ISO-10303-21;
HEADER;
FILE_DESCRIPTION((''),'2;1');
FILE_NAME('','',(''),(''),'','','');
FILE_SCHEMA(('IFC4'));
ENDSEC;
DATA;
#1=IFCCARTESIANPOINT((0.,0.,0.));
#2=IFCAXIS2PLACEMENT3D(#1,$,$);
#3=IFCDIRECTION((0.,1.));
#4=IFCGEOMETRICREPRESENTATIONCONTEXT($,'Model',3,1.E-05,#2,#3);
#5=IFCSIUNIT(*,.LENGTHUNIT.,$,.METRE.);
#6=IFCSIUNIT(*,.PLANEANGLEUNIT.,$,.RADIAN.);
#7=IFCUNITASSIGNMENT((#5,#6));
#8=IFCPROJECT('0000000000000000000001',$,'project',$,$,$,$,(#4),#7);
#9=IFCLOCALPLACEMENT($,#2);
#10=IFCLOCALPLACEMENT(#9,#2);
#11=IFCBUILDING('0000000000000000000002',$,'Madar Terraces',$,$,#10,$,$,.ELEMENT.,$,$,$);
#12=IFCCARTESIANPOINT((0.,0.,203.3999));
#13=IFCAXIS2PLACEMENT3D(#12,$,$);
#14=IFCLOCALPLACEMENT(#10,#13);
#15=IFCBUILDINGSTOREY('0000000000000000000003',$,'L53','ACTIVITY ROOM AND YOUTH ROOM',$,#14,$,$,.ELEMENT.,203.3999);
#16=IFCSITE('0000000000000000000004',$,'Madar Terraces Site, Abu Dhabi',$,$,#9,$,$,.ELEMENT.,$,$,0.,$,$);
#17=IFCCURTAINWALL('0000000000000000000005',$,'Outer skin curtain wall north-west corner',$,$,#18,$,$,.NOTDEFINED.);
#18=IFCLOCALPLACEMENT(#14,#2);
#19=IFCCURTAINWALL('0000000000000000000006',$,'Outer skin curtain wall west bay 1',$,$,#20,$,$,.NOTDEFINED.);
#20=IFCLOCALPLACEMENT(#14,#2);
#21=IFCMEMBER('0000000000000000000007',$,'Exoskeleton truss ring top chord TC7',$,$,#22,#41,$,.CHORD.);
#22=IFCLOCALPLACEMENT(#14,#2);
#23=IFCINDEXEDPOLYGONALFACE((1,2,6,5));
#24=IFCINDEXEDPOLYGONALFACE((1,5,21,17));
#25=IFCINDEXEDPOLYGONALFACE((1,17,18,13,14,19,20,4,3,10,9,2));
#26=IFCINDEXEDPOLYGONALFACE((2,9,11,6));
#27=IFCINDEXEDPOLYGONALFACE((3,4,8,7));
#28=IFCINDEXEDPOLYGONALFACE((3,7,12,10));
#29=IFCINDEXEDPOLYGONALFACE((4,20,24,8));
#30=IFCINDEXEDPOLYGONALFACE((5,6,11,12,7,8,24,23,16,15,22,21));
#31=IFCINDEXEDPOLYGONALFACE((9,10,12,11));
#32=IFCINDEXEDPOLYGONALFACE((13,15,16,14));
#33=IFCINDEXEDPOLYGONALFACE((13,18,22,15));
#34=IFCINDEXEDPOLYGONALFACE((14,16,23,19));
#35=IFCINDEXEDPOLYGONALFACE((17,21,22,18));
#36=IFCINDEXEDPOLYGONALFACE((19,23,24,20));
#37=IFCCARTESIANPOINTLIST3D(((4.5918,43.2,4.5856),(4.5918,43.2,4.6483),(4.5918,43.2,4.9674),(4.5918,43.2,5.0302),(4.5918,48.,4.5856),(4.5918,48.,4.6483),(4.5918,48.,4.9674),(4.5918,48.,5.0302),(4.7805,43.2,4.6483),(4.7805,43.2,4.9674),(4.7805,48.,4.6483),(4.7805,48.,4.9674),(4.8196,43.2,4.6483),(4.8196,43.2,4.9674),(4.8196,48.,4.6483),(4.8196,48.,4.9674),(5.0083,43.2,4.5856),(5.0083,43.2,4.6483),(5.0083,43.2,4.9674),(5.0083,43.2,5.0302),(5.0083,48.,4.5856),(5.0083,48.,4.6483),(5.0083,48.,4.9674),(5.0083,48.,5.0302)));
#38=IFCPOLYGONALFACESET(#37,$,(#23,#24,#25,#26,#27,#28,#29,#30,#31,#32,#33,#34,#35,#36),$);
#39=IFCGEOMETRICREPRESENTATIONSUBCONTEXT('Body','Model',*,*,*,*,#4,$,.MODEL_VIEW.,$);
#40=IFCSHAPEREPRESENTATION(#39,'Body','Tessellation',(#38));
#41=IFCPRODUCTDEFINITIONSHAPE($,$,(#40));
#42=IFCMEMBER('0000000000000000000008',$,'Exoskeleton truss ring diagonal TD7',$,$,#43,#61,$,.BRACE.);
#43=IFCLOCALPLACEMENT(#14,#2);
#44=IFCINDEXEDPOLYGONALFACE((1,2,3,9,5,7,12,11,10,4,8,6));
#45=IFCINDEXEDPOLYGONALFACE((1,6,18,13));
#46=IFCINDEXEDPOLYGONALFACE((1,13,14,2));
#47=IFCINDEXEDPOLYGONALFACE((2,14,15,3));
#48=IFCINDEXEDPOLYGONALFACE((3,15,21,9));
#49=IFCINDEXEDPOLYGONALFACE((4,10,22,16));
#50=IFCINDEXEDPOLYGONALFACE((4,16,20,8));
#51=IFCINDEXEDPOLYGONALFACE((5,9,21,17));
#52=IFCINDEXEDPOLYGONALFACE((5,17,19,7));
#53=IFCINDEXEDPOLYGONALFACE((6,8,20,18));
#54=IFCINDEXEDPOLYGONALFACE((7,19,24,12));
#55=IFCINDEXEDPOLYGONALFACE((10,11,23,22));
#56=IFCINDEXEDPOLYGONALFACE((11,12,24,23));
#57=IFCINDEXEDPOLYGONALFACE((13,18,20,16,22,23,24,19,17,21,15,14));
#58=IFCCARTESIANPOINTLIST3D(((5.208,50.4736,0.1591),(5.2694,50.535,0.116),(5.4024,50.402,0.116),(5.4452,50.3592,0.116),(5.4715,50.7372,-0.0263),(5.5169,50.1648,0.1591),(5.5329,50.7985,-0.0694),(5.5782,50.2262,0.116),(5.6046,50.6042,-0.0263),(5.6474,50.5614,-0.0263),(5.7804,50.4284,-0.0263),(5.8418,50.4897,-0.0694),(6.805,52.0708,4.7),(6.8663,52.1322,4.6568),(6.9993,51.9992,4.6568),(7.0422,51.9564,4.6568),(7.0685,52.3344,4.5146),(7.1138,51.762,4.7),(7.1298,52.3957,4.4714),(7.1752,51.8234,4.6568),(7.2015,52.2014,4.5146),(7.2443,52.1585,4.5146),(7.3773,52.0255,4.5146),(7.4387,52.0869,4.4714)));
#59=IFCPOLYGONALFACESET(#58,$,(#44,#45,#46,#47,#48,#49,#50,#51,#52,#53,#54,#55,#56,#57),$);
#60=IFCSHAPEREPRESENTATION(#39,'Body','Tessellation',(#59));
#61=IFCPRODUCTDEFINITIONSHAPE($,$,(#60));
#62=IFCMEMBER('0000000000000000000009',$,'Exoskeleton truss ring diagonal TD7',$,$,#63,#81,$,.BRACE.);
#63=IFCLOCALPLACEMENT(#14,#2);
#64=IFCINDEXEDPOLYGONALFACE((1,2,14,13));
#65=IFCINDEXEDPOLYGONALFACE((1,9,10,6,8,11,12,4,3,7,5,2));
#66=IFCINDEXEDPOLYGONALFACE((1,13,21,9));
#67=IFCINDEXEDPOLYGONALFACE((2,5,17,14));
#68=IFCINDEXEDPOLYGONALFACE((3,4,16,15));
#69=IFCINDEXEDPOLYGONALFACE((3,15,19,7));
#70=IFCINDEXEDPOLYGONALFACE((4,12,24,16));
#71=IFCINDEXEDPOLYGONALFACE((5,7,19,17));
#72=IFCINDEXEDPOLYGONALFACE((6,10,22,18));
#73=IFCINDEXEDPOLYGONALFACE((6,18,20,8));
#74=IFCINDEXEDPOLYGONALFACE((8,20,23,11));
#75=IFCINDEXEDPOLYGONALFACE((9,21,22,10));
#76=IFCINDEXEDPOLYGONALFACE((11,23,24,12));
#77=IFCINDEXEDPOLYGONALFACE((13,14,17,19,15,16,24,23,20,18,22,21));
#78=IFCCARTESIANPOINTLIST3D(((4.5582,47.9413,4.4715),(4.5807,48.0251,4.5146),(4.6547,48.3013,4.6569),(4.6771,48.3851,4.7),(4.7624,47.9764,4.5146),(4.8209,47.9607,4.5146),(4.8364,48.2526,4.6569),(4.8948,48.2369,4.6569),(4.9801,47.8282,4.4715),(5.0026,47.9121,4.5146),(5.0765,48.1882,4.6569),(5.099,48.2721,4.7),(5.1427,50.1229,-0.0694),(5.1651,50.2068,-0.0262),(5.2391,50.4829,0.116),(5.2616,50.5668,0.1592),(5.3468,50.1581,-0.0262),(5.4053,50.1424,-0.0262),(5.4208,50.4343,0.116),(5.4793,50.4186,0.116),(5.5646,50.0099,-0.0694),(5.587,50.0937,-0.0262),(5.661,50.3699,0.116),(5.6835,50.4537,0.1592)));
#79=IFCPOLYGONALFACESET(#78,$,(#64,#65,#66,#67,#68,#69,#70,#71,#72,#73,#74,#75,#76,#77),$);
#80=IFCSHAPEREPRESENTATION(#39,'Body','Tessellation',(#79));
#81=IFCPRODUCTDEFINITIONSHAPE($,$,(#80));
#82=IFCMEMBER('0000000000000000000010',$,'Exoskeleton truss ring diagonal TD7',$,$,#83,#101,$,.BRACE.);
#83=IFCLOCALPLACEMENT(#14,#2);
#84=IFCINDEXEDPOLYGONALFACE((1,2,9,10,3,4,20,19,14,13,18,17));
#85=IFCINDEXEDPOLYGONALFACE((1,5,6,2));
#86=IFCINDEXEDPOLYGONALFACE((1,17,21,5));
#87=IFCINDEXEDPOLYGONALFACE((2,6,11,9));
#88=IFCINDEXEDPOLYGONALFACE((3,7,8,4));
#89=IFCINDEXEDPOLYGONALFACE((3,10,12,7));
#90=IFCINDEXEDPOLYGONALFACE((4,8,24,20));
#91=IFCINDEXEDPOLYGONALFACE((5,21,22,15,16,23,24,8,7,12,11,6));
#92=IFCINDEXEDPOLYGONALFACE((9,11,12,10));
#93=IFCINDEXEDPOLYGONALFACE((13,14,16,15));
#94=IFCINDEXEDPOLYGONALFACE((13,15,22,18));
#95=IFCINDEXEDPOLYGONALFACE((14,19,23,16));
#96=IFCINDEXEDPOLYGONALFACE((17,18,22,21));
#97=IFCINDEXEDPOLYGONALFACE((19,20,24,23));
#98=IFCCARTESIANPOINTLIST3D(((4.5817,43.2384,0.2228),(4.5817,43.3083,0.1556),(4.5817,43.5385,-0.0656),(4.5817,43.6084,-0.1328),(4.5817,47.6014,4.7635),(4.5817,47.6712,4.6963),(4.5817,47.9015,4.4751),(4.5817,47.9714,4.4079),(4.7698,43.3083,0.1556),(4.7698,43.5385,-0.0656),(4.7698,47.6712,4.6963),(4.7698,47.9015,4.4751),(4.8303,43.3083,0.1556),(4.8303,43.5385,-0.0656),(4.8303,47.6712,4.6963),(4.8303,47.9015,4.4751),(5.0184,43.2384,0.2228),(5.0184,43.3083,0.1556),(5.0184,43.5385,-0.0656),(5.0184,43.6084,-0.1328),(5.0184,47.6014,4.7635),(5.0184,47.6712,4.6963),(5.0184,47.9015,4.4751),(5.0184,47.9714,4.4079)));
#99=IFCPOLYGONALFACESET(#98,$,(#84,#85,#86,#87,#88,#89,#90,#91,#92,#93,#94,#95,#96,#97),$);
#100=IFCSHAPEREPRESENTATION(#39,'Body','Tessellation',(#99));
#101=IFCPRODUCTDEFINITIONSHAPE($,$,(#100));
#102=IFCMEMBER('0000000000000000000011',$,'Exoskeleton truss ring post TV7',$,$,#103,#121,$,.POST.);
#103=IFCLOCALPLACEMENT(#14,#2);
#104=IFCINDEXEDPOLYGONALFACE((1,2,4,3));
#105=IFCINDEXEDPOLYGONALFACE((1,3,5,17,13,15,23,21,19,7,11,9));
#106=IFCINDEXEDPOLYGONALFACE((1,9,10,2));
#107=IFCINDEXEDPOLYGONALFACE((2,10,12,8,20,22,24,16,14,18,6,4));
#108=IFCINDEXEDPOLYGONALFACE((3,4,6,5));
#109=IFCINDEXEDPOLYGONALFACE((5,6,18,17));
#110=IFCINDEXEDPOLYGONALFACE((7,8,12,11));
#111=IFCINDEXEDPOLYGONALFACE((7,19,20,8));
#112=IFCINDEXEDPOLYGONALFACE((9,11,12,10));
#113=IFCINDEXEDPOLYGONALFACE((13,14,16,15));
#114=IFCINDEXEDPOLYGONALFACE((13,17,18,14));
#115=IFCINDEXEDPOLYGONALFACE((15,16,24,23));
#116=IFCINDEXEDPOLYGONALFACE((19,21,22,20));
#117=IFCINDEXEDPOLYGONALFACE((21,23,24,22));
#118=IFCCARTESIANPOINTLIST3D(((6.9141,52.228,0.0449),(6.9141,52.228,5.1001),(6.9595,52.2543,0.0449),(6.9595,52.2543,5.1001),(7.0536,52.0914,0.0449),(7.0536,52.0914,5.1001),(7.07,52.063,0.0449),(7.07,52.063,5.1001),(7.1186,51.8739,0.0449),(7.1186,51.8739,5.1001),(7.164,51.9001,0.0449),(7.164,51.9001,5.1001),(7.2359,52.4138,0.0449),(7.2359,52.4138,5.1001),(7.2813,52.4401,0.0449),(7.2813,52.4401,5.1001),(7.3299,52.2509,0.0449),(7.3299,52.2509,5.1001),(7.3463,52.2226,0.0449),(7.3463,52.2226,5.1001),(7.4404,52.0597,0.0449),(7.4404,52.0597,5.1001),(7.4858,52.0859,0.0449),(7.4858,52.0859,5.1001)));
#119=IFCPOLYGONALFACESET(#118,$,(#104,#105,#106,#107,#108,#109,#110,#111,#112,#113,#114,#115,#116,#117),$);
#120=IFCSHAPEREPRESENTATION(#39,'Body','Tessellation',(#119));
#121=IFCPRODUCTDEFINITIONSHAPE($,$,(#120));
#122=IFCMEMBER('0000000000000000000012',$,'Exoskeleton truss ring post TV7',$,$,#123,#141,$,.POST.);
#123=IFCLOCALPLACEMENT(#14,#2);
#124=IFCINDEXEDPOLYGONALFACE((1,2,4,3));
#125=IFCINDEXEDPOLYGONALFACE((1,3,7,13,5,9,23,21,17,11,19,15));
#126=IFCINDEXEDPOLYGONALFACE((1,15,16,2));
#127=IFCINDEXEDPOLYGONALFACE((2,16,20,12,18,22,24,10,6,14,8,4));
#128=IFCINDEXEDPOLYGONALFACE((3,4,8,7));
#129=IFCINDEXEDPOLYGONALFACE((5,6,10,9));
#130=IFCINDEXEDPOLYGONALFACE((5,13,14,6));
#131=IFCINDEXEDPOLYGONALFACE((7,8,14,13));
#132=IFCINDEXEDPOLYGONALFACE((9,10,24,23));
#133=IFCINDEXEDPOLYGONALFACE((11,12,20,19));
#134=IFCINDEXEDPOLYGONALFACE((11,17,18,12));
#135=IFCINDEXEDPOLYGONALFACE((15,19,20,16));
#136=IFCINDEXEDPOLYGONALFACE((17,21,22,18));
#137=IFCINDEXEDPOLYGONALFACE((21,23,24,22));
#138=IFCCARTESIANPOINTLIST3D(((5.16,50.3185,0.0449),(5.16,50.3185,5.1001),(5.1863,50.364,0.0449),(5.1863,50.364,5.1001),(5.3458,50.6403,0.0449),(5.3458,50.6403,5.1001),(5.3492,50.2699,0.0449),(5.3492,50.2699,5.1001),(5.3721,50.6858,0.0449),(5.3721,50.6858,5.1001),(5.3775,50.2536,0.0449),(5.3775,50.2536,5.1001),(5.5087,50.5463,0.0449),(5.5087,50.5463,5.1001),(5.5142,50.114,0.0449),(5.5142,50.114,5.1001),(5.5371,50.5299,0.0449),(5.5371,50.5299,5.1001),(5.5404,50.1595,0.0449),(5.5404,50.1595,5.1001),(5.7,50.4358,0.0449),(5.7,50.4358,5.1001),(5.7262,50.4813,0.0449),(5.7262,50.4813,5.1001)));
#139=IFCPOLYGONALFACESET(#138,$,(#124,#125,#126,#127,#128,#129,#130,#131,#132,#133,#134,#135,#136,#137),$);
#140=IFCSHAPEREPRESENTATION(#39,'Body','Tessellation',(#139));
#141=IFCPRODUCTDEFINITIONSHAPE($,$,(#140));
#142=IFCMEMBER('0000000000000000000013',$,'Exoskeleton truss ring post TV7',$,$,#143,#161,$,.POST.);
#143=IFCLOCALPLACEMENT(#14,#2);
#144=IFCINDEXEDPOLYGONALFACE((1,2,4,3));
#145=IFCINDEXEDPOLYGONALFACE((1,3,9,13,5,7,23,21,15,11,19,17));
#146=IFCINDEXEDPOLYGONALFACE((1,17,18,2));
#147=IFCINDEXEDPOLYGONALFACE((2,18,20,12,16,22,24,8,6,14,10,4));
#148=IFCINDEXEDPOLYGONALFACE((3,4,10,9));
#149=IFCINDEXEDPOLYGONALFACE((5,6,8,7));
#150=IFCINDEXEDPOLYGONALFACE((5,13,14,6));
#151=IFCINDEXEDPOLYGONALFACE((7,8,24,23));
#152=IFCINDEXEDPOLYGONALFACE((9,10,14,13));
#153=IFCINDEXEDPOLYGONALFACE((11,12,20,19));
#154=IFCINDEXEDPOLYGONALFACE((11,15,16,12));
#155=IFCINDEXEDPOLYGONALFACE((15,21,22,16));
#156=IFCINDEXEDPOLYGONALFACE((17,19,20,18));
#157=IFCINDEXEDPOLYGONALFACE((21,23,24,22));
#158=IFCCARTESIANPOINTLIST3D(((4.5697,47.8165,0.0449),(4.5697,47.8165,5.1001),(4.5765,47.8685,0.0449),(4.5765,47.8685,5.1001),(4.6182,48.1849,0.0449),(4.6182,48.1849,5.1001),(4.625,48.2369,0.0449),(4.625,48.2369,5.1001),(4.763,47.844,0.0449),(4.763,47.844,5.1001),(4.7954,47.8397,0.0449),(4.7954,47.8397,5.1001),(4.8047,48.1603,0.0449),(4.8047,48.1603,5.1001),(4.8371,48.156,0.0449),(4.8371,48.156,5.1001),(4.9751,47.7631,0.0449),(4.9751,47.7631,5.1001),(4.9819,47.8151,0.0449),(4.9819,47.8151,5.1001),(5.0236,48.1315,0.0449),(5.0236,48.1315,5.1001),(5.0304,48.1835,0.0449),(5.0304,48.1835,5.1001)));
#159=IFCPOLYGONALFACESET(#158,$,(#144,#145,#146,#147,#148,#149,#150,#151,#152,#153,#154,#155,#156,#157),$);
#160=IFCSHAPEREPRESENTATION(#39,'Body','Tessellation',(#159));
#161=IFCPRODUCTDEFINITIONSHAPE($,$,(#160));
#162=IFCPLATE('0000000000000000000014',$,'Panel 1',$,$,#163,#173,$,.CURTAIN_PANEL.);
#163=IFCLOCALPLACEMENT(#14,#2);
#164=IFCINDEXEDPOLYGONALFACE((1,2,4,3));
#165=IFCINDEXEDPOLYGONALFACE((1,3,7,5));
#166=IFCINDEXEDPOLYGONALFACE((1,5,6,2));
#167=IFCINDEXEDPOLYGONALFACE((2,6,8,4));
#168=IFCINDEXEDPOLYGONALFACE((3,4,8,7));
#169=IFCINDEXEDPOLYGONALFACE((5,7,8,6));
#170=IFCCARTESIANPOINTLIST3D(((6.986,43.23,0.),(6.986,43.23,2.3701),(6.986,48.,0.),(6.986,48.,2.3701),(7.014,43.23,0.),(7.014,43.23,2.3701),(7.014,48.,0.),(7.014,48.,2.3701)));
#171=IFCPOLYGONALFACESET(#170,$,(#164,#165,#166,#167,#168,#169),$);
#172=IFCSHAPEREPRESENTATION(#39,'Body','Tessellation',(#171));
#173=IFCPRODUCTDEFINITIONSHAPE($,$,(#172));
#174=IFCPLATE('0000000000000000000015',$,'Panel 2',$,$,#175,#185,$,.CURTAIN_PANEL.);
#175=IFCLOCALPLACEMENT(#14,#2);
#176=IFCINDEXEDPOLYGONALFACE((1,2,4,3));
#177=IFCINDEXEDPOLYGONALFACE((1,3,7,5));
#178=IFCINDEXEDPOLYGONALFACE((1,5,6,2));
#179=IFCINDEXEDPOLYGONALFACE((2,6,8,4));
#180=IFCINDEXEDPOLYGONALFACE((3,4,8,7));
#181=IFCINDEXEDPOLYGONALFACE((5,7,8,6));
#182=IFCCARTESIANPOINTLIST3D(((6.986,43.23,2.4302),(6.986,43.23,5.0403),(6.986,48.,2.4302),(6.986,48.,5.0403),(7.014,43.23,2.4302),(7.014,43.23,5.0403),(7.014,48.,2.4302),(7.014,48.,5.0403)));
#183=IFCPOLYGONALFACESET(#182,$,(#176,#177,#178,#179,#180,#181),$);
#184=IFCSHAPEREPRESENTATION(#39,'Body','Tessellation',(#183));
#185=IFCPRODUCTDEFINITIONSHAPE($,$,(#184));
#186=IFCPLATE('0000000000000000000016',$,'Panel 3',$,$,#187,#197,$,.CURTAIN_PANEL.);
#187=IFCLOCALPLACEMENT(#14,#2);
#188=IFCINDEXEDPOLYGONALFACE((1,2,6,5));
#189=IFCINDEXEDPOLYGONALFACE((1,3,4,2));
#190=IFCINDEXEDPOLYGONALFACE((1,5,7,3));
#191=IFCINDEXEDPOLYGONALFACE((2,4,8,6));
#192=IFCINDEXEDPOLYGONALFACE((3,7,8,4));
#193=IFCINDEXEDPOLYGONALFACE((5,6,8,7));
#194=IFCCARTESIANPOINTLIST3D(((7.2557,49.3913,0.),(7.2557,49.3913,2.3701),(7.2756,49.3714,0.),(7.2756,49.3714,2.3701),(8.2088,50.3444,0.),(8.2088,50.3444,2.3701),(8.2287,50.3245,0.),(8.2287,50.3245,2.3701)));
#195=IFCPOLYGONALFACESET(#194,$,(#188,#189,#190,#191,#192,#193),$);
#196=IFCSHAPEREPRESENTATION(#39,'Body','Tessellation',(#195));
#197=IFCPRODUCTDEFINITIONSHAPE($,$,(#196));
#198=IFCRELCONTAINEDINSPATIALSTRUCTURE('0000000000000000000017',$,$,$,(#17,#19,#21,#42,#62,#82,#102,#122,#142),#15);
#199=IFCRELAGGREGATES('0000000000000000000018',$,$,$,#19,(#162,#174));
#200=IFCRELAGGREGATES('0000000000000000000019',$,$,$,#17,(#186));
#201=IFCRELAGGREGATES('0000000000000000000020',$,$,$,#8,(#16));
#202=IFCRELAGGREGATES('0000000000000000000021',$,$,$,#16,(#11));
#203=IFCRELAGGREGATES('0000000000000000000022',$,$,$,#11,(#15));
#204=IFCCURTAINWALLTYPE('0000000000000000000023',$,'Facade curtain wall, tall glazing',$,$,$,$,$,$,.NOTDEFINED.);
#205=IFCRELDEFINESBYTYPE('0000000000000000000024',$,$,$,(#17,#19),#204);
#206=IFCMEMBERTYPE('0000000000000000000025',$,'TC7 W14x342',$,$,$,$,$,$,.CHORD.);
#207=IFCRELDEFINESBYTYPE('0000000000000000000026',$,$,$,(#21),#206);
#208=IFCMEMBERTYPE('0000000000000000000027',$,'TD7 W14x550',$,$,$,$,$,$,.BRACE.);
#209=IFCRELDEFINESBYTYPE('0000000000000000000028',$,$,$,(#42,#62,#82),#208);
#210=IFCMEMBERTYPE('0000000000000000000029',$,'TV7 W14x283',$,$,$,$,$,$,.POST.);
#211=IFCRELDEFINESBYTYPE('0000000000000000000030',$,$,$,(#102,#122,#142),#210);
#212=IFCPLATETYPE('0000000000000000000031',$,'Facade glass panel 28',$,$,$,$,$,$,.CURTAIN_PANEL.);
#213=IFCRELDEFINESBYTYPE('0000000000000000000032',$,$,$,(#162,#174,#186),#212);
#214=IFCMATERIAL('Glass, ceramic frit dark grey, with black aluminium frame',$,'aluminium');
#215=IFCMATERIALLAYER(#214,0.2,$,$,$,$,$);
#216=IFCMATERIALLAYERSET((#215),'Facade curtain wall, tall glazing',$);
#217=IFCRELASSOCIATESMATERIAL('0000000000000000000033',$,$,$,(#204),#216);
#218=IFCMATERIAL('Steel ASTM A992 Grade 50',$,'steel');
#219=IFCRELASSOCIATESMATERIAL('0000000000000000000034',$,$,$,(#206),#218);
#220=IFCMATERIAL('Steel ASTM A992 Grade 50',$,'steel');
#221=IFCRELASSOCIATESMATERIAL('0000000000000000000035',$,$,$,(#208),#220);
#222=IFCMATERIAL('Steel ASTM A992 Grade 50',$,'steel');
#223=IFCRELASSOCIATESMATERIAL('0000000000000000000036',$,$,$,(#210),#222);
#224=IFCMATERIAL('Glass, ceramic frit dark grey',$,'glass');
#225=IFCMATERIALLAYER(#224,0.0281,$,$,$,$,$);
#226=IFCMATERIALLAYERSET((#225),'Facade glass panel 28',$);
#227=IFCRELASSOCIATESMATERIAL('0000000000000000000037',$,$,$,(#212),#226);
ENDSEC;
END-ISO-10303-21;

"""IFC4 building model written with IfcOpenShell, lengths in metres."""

from ifc_helpers import new_model, si_unit, direction, frame, origin, origin_2d, place, context, subcontext, project, spatial, rectangle, i_section, extrude, material, layer, layer_set, material_profile, profile_set, type_object, element, aggregate, save


model = new_model("IFC4")

# Units and contexts
model_context = context("Model", 3, precision=1e-05, world=origin(), true_north=direction((0.0, 1.0)))
body_context = subcontext(model_context, "Body", "Model", "MODEL_VIEW")
ifc_project = project(units=[si_unit("LENGTHUNIT", "METRE"), si_unit("PLANEANGLEUNIT", "RADIAN")], contexts=[model_context])

# Site, building, storey
site_placement = place(None, origin())
site = spatial("IfcSite", under=ifc_project, at=site_placement, Name="Madar Terraces Site, Abu Dhabi", CompositionType="ELEMENT", RefElevation=0.0)
building_placement = place(site_placement, origin())
building = spatial("IfcBuilding", under=site, at=building_placement, Name="Madar Terraces", CompositionType="ELEMENT")
storey_placement = place(building_placement, frame((0.0, 0.0, 203.3999)))
storey = spatial("IfcBuildingStorey", under=building, at=storey_placement, Name="L53", Description="ACTIVITY ROOM AND YOUTH ROOM", CompositionType="ELEMENT", Elevation=203.3999)

# Curtain wall
ifc_material_1 = material(Name="Glass, ceramic frit dark grey, with black aluminium frame", Category="aluminium")
ifc_layer_1 = layer(ifc_material_1, 0.2)
ifc_layer_set_1 = layer_set([ifc_layer_1], Name="Facade curtain wall, tall glazing")
curtain_wall_type = type_object("IfcCurtainWallType", Name="Facade curtain wall, tall glazing", PredefinedType="NOTDEFINED", material=ifc_layer_set_1)
curtain_wall_1_placement = place(storey_placement, origin())
curtain_wall_1 = element("IfcCurtainWall", 1, at=curtain_wall_1_placement, inside=storey, type_object=curtain_wall_type, Name="Outer skin curtain wall north-west corner", PredefinedType="NOTDEFINED")

# Curtain wall
curtain_wall_2_placement = place(storey_placement, origin())
curtain_wall_2 = element("IfcCurtainWall", 2, at=curtain_wall_2_placement, inside=storey, type_object=curtain_wall_type, Name="Outer skin curtain wall west bay 1", PredefinedType="NOTDEFINED")

# Members
ifc_material_2 = material(Name="Steel ASTM A992 Grade 50", Category="steel")
ifc_material_profile_1 = material_profile(ifc_material_2, i_section(OverallWidth=0.4165, OverallDepth=0.4446, WebThickness=0.0391, FlangeThickness=0.0627, at=origin_2d()), Name="W14x342")
ifc_profile_set_1 = profile_set([ifc_material_profile_1], Name="Steel ASTM A992 Grade 50")
member_type_1 = type_object("IfcMemberType", Name="TC7 W14x342", PredefinedType="CHORD", material=ifc_profile_set_1)
member_1_placement = place(storey_placement, frame((4.8, 48.0, 4.8079), z_axis=(0.0, -1.0, 0.0), x_axis=(1.0, 0.0, 0.0)))
element("IfcMember", 3, at=member_1_placement, inside=storey, type_object=member_type_1, Name="Exoskeleton truss ring top chord TC7", PredefinedType="CHORD", context=body_context, shape_type="SweptSolid", body=[
    extrude(i_section(OverallWidth=0.4165, OverallDepth=0.4446, WebThickness=0.0391, FlangeThickness=0.0627, at=origin_2d()), origin(), (0.0, 0.0, 1.0), 4.8),
])
ifc_material_3 = material(Name="Steel ASTM A992 Grade 50", Category="steel")
ifc_material_profile_2 = material_profile(ifc_material_3, i_section(OverallWidth=0.4368, OverallDepth=0.5132, WebThickness=0.0605, FlangeThickness=0.0969, at=origin_2d()), Name="W14x550")
ifc_profile_set_2 = profile_set([ifc_material_profile_2], Name="Steel ASTM A992 Grade 50")
member_type_2 = type_object("IfcMemberType", Name="TD7 W14x550", PredefinedType="BRACE", material=ifc_profile_set_2)
for number, where, z_axis, x_axis, name in (
    (4, (7.1218, 52.0789, 4.5857), (-0.314884, -0.314933, -0.895358), (0.707161, -0.707053, 0.0), "Exoskeleton truss ring diagonal TD7"),
    (5, (5.4131, 50.2883, 0.0449), (-0.115247, -0.430179, 0.895357), (0.965936, -0.258779, 0.0), "Exoskeleton truss ring diagonal TD7"),
):
    element("IfcMember", number, at=place(storey_placement, frame(where, z_axis=z_axis, x_axis=x_axis)), inside=storey, type_object=member_type_2, Name=name, PredefinedType="BRACE", context=body_context, shape_type="SweptSolid", body=[
        extrude(i_section(OverallWidth=0.4368, OverallDepth=0.5132, WebThickness=0.0605, FlangeThickness=0.0969, at=origin_2d()), origin(), (0.0, 0.0, 1.0), 5.0715),
    ])
member_2_placement = place(storey_placement, frame((4.8, 47.7864, 4.5857), z_axis=(0.0, -0.692854, -0.721078), x_axis=(1.0, 0.0, 0.0)))
element("IfcMember", 6, at=member_2_placement, inside=storey, type_object=member_type_2, Name="Exoskeleton truss ring diagonal TD7", PredefinedType="BRACE", context=body_context, shape_type="SweptSolid", body=[
    extrude(i_section(OverallWidth=0.4368, OverallDepth=0.5132, WebThickness=0.0605, FlangeThickness=0.0969, at=origin_2d()), origin(), (0.0, 0.0, 1.0), 6.2971),
])
ifc_material_4 = material(Name="Steel ASTM A992 Grade 50", Category="steel")
ifc_material_profile_3 = material_profile(ifc_material_4, i_section(OverallWidth=0.4089, OverallDepth=0.4241, WebThickness=0.0327, FlangeThickness=0.0525, at=origin_2d()), Name="W14x283")
ifc_profile_set_3 = profile_set([ifc_material_profile_3], Name="Steel ASTM A992 Grade 50")
member_type_3 = type_object("IfcMemberType", Name="TV7 W14x283", PredefinedType="POST", material=ifc_profile_set_3)
for number, where, z_axis, x_axis, name in (
    (7, (7.2, 52.157, 0.0449), (0.0, 0.0, 1.0), (0.5, -0.866025, 0.0), "Exoskeleton truss ring post TV7"),
    (8, (5.4431, 50.3999, 0.0449), (0.0, 0.0, 1.0), (0.866025, -0.5, 0.0), "Exoskeleton truss ring post TV7"),
    (9, (4.8, 48.0, 0.0449), (0.0, 0.0, 1.0), (0.991445, -0.130526, 0.0), "Exoskeleton truss ring post TV7"),
):
    element("IfcMember", number, at=place(storey_placement, frame(where, z_axis=z_axis, x_axis=x_axis)), inside=storey, type_object=member_type_3, Name=name, PredefinedType="POST", context=body_context, shape_type="SweptSolid", body=[
        extrude(i_section(OverallWidth=0.4089, OverallDepth=0.4241, WebThickness=0.0327, FlangeThickness=0.0525, at=origin_2d()), origin(), (0.0, 0.0, 1.0), 5.0552),
    ])

# Plates
ifc_material_5 = material(Name="Glass, ceramic frit dark grey", Category="glass")
ifc_layer_2 = layer(ifc_material_5, 0.0281)
ifc_layer_set_2 = layer_set([ifc_layer_2], Name="Facade glass panel 28")
plate_type = type_object("IfcPlateType", Name="Facade glass panel 28", PredefinedType="CURTAIN_PANEL", material=ifc_layer_set_2)
plate_1_placement = place(storey_placement, frame((7.0, 45.615, 0.0), z_axis=(0.0, 0.0, 1.0), x_axis=(0.0, -1.0, 0.0)))
plate_1 = element("IfcPlate", 10, at=plate_1_placement, type_object=plate_type, Name="Panel 1", PredefinedType="CURTAIN_PANEL", context=body_context, shape_type="SweptSolid", body=[
    extrude(rectangle(XDim=4.77, YDim=0.0281, at=origin_2d()), origin(), (0.0, 0.0, 1.0), 2.3701),
])
plate_2_placement = place(storey_placement, frame((7.0, 45.615, 2.4302), z_axis=(0.0, 0.0, 1.0), x_axis=(0.0, -1.0, 0.0)))
plate_2 = element("IfcPlate", 11, at=plate_2_placement, type_object=plate_type, Name="Panel 2", PredefinedType="CURTAIN_PANEL", context=body_context, shape_type="SweptSolid", body=[
    extrude(rectangle(XDim=4.77, YDim=0.0281, at=origin_2d()), origin(), (0.0, 0.0, 1.0), 2.6101),
])
aggregate(curtain_wall_2, [plate_1, plate_2])
plate_3_placement = place(storey_placement, frame((7.7422, 49.8579, 0.0), z_axis=(0.0, 0.0, 1.0), x_axis=(-0.707107, -0.707107, 0.0)))
plate_3 = element("IfcPlate", 12, at=plate_3_placement, type_object=plate_type, Name="Panel 3", PredefinedType="CURTAIN_PANEL", context=body_context, shape_type="SweptSolid", body=[
    extrude(rectangle(XDim=1.3479, YDim=0.0281, at=origin_2d()), origin(), (0.0, 0.0, 1.0), 2.3701),
])
aggregate(curtain_wall_1, [plate_3])

save(model, "model.ifc")
